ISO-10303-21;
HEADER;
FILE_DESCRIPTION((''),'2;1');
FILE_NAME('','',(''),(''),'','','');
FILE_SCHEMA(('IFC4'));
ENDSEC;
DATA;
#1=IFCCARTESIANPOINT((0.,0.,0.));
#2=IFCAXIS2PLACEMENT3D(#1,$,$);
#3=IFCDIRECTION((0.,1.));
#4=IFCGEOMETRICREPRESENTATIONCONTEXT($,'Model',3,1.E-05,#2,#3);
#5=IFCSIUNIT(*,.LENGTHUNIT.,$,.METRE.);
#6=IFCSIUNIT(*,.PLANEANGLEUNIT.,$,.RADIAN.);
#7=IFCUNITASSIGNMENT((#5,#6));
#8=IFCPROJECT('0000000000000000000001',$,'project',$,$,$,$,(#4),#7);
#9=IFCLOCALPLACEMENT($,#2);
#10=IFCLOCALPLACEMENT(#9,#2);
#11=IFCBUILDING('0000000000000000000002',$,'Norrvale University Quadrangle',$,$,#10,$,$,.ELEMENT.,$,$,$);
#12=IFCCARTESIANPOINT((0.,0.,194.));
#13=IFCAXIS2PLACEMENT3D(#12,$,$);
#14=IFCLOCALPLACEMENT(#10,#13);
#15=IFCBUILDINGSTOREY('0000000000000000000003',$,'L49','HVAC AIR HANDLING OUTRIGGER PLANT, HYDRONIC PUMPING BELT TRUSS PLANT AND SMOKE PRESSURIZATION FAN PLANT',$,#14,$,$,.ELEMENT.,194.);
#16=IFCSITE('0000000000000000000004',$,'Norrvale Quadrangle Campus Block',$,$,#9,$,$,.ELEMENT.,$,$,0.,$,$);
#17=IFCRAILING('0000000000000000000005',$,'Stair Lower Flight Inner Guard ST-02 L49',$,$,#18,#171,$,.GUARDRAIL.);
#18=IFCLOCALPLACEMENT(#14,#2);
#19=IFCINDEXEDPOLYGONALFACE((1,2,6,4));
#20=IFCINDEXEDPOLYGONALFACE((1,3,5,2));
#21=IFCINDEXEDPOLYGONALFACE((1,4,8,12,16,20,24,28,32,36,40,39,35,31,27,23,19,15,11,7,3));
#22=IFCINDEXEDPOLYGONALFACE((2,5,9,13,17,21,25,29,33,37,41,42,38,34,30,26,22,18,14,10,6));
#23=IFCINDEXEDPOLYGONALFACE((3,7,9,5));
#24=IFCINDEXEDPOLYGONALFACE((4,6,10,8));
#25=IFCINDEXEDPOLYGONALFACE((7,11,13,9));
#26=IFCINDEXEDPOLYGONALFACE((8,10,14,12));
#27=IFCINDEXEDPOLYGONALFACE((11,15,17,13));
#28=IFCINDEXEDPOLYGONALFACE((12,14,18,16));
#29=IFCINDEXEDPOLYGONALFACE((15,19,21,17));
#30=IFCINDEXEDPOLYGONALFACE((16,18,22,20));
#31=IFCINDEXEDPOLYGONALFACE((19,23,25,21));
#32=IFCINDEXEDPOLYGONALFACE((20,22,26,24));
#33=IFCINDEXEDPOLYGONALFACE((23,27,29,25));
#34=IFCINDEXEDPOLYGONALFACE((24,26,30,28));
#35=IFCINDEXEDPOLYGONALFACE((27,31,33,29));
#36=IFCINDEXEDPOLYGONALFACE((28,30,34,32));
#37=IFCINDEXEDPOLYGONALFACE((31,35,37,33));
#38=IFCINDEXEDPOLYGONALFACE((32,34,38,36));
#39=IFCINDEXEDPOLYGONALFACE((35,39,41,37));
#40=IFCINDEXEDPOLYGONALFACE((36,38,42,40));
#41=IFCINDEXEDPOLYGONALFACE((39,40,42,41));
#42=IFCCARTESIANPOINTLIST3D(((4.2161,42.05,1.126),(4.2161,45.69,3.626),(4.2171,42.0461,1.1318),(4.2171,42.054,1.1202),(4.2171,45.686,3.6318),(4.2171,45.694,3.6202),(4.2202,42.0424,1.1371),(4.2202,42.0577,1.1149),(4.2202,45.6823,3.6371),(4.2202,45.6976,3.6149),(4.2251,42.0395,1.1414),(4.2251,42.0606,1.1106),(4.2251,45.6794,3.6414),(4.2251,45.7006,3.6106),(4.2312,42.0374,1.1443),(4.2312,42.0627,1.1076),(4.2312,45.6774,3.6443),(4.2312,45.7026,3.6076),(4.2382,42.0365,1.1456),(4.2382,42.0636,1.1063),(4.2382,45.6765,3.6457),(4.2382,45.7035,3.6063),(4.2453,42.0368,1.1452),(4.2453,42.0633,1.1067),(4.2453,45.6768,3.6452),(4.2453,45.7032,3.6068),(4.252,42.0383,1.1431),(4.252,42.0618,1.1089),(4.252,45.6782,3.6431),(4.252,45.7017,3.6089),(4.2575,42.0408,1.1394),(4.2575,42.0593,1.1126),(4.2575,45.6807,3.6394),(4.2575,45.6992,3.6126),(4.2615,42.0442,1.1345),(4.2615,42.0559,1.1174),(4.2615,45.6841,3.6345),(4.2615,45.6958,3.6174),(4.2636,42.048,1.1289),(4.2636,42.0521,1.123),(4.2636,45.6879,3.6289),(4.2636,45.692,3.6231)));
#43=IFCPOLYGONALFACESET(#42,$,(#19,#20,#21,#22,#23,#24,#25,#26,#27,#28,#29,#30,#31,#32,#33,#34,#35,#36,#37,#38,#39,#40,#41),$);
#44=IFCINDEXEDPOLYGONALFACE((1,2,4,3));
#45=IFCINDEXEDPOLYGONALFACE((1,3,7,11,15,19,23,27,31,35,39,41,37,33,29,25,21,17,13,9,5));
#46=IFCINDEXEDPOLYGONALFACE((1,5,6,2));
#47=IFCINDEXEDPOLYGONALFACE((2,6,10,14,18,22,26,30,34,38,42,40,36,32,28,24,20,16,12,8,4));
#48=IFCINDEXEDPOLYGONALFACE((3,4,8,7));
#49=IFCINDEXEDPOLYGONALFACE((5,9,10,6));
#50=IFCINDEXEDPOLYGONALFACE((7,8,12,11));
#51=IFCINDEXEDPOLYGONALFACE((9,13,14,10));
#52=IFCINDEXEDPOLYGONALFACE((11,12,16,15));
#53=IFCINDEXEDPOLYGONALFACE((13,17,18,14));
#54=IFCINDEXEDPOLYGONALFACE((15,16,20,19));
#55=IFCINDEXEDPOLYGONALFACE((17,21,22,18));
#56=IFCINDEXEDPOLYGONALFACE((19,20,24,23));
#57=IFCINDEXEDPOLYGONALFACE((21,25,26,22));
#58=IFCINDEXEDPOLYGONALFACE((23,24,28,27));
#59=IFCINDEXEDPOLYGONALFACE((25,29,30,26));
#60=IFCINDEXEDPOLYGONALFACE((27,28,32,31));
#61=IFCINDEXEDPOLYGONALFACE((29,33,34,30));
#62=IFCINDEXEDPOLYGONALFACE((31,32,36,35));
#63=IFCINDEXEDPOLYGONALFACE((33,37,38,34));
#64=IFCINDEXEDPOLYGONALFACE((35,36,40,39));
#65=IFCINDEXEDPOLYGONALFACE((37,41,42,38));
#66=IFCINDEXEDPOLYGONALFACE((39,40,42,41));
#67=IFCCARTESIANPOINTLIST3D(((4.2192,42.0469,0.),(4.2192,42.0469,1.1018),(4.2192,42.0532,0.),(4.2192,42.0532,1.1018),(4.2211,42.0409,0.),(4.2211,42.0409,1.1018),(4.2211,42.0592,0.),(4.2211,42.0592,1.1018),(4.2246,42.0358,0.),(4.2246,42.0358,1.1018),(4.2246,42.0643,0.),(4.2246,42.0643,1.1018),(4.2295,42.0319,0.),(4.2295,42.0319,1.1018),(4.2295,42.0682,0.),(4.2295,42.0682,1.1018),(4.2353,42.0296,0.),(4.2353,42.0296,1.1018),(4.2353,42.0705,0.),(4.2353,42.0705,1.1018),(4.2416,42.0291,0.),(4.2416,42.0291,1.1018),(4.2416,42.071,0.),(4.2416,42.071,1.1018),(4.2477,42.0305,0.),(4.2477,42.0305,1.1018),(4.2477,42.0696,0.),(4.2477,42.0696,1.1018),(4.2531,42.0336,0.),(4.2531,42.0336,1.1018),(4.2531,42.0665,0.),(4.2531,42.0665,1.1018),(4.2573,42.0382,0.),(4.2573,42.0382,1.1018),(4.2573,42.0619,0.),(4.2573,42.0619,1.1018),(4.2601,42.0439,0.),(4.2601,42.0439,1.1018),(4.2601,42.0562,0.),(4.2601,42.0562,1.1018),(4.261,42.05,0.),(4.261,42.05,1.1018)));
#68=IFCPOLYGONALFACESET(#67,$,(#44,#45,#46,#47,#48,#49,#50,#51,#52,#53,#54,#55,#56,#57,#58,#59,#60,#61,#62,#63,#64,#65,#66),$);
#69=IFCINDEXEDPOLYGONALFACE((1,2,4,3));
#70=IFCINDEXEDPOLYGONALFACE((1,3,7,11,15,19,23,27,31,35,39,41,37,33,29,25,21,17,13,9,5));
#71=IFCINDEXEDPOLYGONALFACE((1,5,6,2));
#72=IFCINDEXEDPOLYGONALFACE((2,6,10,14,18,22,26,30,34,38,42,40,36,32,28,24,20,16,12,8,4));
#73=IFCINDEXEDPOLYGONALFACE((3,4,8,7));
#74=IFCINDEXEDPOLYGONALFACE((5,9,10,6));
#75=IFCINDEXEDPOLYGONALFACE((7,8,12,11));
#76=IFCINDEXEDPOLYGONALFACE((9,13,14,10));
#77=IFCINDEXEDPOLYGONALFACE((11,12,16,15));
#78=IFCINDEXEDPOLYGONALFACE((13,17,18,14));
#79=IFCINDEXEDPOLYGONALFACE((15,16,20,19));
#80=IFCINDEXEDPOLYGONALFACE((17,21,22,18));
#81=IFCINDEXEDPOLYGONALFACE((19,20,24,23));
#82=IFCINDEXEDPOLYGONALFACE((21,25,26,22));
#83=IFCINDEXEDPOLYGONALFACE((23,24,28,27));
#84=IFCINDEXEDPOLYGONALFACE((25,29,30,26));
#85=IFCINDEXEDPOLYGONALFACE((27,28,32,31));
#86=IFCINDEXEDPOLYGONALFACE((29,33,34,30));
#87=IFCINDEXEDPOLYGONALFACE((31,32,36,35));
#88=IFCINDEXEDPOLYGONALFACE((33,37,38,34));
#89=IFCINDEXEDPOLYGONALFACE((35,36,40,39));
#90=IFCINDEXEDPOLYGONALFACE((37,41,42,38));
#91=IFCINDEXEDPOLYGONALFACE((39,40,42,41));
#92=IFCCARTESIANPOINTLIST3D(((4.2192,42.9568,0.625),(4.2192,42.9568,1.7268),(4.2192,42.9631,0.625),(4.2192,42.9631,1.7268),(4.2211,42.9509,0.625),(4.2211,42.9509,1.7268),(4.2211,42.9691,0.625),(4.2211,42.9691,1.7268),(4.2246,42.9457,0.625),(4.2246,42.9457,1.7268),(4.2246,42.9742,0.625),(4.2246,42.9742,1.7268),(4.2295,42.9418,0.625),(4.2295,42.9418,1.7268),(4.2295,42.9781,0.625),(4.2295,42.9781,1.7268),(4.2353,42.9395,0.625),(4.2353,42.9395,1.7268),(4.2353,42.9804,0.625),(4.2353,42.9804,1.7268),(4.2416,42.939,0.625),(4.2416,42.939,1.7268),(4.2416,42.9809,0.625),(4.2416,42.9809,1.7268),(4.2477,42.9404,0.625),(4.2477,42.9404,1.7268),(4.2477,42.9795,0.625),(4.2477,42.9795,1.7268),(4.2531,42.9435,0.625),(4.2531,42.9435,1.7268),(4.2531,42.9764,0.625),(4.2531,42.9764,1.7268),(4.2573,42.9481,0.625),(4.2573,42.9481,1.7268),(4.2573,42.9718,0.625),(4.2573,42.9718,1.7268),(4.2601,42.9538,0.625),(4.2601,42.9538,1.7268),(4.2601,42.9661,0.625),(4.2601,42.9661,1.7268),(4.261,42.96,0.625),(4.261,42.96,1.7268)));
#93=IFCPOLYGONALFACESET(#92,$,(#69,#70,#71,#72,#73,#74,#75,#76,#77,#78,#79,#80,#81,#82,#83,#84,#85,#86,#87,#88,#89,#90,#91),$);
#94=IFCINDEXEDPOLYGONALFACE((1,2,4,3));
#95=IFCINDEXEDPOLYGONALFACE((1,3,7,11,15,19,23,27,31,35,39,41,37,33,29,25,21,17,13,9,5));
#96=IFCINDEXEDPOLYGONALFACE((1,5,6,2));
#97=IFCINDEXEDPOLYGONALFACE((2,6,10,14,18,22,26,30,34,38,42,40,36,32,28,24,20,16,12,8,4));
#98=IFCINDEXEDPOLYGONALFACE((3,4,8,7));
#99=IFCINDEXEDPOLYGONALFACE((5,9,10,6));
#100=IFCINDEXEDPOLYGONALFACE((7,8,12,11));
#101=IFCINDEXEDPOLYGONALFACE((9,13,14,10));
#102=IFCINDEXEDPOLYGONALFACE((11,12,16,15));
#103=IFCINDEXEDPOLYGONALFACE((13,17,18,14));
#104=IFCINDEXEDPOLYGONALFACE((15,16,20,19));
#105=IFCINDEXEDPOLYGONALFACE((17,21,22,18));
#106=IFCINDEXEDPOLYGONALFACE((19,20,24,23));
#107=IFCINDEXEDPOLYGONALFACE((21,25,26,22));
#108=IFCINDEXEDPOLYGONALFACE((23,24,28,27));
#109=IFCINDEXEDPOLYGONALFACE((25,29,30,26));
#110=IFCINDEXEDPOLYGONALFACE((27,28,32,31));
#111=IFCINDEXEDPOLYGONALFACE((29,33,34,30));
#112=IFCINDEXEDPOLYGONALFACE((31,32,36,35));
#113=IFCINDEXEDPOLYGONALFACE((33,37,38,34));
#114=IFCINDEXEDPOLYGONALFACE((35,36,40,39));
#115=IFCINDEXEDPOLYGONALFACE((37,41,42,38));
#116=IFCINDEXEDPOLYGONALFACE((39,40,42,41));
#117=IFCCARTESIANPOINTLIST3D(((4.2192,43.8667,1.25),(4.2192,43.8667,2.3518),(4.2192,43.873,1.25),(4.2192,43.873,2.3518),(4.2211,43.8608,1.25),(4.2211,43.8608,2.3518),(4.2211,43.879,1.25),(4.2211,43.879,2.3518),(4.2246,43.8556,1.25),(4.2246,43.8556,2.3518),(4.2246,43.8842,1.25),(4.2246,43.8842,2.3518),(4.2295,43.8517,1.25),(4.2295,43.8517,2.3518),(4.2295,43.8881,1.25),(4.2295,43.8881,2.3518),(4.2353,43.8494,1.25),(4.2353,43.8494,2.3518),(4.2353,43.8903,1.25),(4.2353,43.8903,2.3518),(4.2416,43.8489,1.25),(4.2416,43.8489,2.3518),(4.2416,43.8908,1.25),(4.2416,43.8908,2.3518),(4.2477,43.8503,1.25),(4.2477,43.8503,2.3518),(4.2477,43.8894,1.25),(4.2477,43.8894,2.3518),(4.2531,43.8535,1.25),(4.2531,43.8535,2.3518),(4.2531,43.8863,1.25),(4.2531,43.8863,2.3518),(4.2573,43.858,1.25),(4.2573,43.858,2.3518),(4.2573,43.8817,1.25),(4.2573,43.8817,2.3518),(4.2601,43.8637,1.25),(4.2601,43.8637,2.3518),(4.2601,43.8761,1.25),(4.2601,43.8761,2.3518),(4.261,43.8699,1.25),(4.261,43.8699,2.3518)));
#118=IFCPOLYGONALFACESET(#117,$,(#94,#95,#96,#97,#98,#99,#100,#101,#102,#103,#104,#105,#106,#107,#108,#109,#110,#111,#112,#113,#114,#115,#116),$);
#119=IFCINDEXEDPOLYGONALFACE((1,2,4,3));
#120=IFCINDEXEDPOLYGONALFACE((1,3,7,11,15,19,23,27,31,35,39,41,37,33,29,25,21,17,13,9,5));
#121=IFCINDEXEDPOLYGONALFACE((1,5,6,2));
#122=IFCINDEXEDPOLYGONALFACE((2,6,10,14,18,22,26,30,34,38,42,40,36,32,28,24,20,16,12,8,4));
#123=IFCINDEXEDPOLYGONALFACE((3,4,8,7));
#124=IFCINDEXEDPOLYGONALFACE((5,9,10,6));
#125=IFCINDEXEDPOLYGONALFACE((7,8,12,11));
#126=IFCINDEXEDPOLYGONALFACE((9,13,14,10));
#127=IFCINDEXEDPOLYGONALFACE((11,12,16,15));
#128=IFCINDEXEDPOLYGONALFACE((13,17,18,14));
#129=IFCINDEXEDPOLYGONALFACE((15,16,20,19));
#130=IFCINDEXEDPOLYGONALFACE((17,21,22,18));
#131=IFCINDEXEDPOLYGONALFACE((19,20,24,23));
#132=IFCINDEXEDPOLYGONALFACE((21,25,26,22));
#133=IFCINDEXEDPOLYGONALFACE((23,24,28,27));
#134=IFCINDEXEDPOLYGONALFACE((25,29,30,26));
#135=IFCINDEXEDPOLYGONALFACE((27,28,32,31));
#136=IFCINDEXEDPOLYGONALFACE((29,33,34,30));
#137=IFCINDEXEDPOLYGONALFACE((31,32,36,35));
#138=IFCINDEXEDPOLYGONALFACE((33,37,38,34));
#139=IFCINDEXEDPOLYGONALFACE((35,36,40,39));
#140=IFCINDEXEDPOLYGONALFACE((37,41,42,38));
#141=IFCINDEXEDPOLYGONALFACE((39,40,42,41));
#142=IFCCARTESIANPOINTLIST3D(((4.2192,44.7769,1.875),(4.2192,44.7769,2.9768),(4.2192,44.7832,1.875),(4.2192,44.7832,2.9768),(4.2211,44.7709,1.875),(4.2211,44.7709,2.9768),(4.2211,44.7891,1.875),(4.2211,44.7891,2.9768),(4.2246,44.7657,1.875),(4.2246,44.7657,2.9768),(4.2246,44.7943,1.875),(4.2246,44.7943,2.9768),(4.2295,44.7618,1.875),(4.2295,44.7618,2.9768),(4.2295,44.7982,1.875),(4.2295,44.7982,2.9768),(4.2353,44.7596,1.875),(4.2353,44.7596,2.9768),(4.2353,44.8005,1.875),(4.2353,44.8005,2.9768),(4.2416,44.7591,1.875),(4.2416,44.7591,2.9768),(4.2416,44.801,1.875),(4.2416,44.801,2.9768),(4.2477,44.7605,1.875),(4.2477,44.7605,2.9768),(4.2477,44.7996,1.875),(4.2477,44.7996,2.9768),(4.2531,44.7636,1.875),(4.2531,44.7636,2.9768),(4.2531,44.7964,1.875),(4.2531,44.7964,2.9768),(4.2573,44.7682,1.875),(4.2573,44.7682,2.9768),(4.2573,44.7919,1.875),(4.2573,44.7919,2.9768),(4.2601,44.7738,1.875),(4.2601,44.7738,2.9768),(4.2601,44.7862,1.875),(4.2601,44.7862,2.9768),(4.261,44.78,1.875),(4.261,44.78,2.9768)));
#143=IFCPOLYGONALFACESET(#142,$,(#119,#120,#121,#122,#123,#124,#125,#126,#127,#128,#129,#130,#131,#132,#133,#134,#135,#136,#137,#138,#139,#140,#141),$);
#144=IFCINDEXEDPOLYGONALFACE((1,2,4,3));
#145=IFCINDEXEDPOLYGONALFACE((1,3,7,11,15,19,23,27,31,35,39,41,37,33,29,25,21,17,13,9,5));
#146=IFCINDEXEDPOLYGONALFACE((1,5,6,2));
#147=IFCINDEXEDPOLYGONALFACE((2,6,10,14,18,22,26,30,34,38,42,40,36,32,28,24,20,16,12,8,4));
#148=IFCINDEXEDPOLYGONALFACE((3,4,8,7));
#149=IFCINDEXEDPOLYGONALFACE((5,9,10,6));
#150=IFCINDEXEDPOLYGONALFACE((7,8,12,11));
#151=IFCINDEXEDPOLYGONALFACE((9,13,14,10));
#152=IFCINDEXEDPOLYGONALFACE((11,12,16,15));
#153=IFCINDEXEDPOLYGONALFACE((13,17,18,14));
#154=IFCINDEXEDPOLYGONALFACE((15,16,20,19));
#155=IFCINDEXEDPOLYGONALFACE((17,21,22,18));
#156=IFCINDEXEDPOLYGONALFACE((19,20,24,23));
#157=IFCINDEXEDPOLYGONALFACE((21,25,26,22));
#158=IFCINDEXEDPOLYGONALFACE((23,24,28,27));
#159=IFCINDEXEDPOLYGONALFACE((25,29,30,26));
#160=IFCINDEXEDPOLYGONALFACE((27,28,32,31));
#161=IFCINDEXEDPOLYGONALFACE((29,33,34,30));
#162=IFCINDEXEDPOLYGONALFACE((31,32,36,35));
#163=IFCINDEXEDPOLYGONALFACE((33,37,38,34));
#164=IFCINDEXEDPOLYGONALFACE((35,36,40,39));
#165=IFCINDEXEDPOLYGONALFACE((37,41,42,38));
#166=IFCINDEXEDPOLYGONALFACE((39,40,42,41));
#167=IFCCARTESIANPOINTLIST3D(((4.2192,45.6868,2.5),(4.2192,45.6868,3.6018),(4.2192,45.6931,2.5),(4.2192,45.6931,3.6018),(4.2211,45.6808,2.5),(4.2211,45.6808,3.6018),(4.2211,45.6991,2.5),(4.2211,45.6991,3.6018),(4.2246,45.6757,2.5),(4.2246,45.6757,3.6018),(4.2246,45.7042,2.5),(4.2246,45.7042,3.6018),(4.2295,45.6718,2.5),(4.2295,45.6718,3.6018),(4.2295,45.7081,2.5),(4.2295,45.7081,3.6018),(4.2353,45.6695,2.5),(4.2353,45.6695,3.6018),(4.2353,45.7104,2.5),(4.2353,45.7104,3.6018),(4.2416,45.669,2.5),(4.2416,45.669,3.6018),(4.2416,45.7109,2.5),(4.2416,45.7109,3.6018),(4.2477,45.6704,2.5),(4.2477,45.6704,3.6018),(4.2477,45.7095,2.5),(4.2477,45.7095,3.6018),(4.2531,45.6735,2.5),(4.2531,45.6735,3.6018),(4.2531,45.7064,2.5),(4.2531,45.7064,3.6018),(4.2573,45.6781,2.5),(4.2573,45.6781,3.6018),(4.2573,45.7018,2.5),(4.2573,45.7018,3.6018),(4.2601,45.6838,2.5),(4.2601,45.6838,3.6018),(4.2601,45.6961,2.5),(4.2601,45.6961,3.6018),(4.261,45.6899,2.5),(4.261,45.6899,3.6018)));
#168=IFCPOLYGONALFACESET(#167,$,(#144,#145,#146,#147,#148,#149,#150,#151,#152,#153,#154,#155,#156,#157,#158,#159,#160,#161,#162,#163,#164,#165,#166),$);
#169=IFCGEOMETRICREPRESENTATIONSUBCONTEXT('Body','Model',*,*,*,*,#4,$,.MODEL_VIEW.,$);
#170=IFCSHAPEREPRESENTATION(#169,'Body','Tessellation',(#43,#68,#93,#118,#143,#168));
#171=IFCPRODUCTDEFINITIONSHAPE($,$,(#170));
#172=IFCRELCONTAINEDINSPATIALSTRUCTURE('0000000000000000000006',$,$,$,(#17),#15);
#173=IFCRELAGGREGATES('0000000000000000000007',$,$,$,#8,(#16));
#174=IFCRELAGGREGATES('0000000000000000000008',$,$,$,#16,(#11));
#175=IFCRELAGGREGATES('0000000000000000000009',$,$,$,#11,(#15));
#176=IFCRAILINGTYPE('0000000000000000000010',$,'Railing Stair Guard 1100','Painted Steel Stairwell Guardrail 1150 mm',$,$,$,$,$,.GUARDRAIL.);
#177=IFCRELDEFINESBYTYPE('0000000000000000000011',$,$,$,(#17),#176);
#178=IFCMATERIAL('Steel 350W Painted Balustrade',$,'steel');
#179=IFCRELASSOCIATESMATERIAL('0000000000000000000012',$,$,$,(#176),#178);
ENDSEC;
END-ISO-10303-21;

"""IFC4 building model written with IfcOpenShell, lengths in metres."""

from ifc_helpers import new_model, si_unit, direction, frame, origin, origin_2d, place, context, subcontext, project, spatial, circle, extrude, material, type_object, element, save


model = new_model("IFC4")

# Units and contexts
model_context = context("Model", 3, precision=1e-05, world=origin(), true_north=direction((0.0, 1.0)))
body_context = subcontext(model_context, "Body", "Model", "MODEL_VIEW")
ifc_project = project(units=[si_unit("LENGTHUNIT", "METRE"), si_unit("PLANEANGLEUNIT", "RADIAN")], contexts=[model_context])

# Site, building, storey
site_placement = place(None, origin())
site = spatial("IfcSite", under=ifc_project, at=site_placement, Name="Norrvale Quadrangle Campus Block", CompositionType="ELEMENT", RefElevation=0.0)
building_placement = place(site_placement, origin())
building = spatial("IfcBuilding", under=site, at=building_placement, Name="Norrvale University Quadrangle", CompositionType="ELEMENT")
storey_placement = place(building_placement, frame((0.0, 0.0, 194.0)))
storey = spatial("IfcBuildingStorey", under=building, at=storey_placement, Name="L49", Description="HVAC AIR HANDLING OUTRIGGER PLANT, HYDRONIC PUMPING BELT TRUSS PLANT AND SMOKE PRESSURIZATION FAN PLANT", CompositionType="ELEMENT", Elevation=194.0)

# Railing
ifc_material_1 = material(Name="Steel 350W Painted Balustrade", Category="steel")
railing_type_1 = type_object("IfcRailingType", Name="Railing Stair Guard 1100", Description="Painted Steel Stairwell Guardrail 1150 mm", PredefinedType="GUARDRAIL", material=ifc_material_1)
railing_1_placement = place(storey_placement, frame((4.24, 42.05, 0.0)))
element("IfcRailing", 1, at=railing_1_placement, inside=storey, type_object=railing_type_1, Name="Stair Lower Flight Inner Guard ST-02 L49", PredefinedType="GUARDRAIL", context=body_context, shape_type="SweptSolid", body=[
    extrude(circle(Radius=0.0239, at=origin_2d()), frame((0.0, 0.0, 1.126), z_axis=(0.0, 0.824298, 0.566156), x_axis=(-1.0, 0.0, 0.0)), (0.0, 0.0, 1.0), 4.4158),
    extrude(circle(Radius=0.021, at=origin_2d()), origin(), (0.0, 0.0, 1.0), 1.1018),
    extrude(circle(Radius=0.021, at=origin_2d()), frame((0.0, 0.9099, 0.625)), (0.0, 0.0, 1.0), 1.1018),
    extrude(circle(Radius=0.021, at=origin_2d()), frame((0.0, 1.8198, 1.25)), (0.0, 0.0, 1.0), 1.1018),
    extrude(circle(Radius=0.021, at=origin_2d()), frame((0.0, 2.73, 1.875)), (0.0, 0.0, 1.0), 1.1018),
    extrude(circle(Radius=0.021, at=origin_2d()), frame((0.0, 3.6399, 2.5)), (0.0, 0.0, 1.0), 1.1018),
])

save(model, "model.ifc")
